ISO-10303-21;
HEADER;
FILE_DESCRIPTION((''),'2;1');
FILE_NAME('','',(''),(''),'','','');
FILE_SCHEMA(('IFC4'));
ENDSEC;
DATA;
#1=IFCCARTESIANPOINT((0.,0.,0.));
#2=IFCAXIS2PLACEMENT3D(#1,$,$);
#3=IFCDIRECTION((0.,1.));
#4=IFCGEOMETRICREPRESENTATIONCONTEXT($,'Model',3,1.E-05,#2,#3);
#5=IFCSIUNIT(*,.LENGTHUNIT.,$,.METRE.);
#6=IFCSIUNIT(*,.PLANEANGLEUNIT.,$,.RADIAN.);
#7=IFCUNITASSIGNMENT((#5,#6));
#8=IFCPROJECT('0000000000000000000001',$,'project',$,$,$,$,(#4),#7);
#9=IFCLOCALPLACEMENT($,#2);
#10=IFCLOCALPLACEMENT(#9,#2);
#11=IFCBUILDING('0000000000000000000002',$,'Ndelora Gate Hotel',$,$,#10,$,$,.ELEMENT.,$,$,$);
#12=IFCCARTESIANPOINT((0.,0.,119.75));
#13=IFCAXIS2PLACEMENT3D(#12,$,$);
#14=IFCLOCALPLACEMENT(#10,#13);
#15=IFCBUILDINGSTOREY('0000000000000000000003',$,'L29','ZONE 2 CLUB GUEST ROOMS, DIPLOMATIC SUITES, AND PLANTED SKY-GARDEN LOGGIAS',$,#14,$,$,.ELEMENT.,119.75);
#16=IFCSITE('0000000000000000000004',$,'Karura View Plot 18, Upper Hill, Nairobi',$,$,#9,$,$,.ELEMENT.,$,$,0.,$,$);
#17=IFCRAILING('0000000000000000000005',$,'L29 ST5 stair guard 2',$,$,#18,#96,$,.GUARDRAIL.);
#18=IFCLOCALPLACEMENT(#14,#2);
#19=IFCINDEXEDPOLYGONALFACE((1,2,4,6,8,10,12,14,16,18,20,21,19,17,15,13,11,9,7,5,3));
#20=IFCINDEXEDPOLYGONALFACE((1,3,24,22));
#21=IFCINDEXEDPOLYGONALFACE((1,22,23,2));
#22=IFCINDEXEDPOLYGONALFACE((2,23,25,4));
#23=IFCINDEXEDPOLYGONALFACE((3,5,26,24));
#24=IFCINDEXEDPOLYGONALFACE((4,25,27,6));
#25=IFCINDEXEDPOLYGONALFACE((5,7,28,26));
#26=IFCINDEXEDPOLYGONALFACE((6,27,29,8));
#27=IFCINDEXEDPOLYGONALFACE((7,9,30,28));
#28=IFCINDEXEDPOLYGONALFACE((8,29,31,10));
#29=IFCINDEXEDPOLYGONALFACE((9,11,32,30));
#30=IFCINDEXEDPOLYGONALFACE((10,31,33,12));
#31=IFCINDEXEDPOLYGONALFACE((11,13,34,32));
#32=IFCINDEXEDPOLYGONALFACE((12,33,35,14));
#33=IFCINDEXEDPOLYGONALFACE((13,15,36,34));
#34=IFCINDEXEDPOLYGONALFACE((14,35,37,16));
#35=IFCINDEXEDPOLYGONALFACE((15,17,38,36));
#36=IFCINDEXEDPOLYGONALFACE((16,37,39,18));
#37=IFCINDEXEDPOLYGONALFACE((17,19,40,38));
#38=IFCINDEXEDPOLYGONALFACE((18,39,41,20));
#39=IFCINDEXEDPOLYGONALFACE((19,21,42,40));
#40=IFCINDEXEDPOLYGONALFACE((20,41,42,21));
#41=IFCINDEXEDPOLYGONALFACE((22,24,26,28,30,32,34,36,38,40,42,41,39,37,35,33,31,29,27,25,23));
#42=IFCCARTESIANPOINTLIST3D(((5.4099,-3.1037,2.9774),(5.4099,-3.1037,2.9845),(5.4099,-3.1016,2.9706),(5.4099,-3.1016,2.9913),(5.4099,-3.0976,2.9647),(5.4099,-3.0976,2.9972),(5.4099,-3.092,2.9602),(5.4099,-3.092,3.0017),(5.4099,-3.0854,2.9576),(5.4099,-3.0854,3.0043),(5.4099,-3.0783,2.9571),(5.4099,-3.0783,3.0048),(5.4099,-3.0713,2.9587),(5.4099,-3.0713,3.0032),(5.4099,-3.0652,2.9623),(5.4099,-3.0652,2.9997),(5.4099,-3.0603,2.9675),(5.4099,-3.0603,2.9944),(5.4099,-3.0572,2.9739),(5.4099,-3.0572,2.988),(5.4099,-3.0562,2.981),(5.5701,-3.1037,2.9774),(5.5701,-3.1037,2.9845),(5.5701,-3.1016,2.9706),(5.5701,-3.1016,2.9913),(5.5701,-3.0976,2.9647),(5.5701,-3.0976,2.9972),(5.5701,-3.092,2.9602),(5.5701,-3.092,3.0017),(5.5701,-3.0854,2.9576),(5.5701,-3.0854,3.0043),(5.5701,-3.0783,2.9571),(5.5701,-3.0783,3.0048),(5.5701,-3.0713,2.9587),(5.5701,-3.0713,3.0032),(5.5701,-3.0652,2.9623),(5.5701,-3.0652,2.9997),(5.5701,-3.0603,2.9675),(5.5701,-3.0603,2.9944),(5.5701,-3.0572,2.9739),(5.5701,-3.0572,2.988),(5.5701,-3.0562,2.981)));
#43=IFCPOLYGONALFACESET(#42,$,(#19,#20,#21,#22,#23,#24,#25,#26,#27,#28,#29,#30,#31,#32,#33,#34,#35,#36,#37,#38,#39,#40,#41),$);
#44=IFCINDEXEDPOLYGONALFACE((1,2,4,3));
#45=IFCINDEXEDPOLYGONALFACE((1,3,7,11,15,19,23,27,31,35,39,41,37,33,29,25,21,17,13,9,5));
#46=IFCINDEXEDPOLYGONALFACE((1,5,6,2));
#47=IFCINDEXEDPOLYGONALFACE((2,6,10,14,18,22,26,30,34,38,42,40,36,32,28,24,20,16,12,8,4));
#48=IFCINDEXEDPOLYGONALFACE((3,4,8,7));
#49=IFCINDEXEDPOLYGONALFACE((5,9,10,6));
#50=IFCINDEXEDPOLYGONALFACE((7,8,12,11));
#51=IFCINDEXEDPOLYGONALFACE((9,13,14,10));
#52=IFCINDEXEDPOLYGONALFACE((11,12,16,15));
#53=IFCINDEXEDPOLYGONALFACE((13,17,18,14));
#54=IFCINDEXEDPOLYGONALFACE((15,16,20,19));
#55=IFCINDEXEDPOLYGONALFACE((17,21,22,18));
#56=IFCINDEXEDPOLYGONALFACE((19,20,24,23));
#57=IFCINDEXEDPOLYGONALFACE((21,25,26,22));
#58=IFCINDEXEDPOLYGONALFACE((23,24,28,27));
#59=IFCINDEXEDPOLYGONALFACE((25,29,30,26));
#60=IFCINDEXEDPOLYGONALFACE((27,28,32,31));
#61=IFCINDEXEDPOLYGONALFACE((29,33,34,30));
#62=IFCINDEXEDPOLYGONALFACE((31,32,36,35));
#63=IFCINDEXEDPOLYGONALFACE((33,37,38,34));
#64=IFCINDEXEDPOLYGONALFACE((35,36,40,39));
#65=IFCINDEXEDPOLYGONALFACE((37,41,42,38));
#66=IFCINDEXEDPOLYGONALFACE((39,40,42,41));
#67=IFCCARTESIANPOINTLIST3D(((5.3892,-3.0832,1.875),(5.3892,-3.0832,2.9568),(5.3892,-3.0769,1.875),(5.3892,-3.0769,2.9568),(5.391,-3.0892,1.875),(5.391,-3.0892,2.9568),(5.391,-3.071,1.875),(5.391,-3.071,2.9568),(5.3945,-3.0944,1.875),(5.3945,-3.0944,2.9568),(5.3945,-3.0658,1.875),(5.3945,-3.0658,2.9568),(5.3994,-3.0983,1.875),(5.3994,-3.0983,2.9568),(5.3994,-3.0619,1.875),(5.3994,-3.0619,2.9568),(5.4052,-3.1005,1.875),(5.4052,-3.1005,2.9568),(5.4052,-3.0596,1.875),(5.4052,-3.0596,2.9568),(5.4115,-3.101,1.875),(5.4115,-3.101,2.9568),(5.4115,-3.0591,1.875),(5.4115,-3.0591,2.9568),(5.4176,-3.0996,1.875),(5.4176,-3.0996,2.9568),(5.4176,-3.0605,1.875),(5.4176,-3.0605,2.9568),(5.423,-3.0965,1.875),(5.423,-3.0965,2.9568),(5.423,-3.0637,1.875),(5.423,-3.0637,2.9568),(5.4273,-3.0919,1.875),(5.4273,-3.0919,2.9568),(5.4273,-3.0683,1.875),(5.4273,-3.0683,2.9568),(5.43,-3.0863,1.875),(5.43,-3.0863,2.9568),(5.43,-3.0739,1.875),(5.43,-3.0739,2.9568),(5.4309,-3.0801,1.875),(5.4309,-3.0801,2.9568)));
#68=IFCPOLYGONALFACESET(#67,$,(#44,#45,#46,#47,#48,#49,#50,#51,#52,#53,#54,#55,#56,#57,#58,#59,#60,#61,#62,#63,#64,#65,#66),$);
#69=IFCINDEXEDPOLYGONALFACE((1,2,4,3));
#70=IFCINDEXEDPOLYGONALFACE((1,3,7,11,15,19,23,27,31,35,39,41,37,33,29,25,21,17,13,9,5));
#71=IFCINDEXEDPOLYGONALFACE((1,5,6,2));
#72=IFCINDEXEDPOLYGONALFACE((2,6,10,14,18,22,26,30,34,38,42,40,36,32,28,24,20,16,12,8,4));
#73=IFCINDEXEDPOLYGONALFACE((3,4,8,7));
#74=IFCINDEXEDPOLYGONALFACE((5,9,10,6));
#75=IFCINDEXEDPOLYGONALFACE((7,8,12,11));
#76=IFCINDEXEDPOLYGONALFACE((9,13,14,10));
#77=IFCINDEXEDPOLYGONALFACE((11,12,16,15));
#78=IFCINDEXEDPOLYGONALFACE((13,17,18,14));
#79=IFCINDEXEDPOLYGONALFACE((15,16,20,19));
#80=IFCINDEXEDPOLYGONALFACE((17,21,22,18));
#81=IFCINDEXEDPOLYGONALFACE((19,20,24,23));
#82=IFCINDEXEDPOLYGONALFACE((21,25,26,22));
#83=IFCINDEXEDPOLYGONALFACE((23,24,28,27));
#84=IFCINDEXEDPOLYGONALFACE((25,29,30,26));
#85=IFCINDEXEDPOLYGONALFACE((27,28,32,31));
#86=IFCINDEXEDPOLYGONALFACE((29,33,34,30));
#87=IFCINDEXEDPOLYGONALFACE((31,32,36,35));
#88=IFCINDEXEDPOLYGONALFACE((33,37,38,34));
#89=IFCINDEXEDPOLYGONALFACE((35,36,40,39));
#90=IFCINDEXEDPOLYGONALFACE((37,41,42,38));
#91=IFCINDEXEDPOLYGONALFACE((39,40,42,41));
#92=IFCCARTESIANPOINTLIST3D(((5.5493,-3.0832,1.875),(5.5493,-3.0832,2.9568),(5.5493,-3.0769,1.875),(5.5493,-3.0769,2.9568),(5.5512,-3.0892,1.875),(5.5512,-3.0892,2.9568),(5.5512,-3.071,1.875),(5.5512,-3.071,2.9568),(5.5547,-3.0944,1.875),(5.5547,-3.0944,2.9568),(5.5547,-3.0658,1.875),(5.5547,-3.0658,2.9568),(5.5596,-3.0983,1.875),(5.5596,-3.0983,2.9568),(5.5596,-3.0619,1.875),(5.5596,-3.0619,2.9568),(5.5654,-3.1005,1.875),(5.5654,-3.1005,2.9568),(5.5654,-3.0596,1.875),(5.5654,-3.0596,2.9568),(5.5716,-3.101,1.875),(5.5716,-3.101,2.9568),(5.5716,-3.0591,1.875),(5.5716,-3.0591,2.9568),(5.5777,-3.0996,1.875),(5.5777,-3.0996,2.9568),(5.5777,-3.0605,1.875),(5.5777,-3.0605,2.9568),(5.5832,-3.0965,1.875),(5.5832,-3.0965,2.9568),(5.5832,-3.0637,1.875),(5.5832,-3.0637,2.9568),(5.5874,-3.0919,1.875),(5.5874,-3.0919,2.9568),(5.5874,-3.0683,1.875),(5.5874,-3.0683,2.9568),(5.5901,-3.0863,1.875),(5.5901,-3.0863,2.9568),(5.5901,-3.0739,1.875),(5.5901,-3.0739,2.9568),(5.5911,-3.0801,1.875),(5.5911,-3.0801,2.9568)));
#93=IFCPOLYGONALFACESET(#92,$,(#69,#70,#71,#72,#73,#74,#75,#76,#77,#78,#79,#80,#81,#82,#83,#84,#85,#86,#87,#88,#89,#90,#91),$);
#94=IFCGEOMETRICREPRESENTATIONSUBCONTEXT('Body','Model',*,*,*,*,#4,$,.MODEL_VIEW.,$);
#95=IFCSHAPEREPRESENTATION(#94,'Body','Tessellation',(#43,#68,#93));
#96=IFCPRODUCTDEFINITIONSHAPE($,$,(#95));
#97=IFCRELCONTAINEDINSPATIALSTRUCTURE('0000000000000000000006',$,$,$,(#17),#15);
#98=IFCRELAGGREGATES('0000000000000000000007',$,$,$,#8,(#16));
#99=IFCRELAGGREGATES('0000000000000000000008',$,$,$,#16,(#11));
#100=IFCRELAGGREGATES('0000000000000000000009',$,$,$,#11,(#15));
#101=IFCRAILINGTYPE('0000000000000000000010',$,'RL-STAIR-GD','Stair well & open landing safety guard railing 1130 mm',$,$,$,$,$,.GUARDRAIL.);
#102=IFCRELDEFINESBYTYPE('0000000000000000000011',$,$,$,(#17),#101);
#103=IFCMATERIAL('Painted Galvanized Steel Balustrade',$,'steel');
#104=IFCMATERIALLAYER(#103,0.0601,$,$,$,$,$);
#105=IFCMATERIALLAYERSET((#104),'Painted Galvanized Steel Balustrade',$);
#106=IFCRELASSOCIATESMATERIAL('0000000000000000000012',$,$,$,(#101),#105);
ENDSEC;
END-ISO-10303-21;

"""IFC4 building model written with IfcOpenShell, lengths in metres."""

from ifc_helpers import new_model, si_unit, direction, frame, origin, origin_2d, place, context, subcontext, project, spatial, circle, extrude, material, layer, layer_set, type_object, element, save


model = new_model("IFC4")

# Units and contexts
model_context = context("Model", 3, precision=1e-05, world=origin(), true_north=direction((0.0, 1.0)))
body_context = subcontext(model_context, "Body", "Model", "MODEL_VIEW")
ifc_project = project(units=[si_unit("LENGTHUNIT", "METRE"), si_unit("PLANEANGLEUNIT", "RADIAN")], contexts=[model_context])

# Site, building, storey
site_placement = place(None, origin())
site = spatial("IfcSite", under=ifc_project, at=site_placement, Name="Karura View Plot 18, Upper Hill, Nairobi", CompositionType="ELEMENT", RefElevation=0.0)
building_placement = place(site_placement, origin())
building = spatial("IfcBuilding", under=site, at=building_placement, Name="Ndelora Gate Hotel", CompositionType="ELEMENT")
storey_placement = place(building_placement, frame((0.0, 0.0, 119.75)))
storey = spatial("IfcBuildingStorey", under=building, at=storey_placement, Name="L29", Description="ZONE 2 CLUB GUEST ROOMS, DIPLOMATIC SUITES, AND PLANTED SKY-GARDEN LOGGIAS", CompositionType="ELEMENT", Elevation=119.75)

# Railing
ifc_material_1 = material(Name="Painted Galvanized Steel Balustrade", Category="steel")
ifc_layer_1 = layer(ifc_material_1, 0.0601)
ifc_layer_set_1 = layer_set([ifc_layer_1], Name="Painted Galvanized Steel Balustrade")
railing_type_1 = type_object("IfcRailingType", Name="RL-STAIR-GD", Description="Stair well & open landing safety guard railing 1130 mm", PredefinedType="GUARDRAIL", material=ifc_layer_set_1)
railing_1_placement = place(storey_placement, frame((5.4099, -3.0801, 1.875)))
element("IfcRailing", 1, at=railing_1_placement, inside=storey, type_object=railing_type_1, Name="L29 ST5 stair guard 2", PredefinedType="GUARDRAIL", context=body_context, shape_type="SweptSolid", body=[
    extrude(circle(Radius=0.0239, at=origin_2d()), frame((0.0, 0.0, 1.106), z_axis=(1.0, 0.0, 0.0), x_axis=(0.0, 1.0, 0.0)), (0.0, 0.0, 1.0), 0.1602),
    extrude(circle(Radius=0.021, at=origin_2d()), origin(), (0.0, 0.0, 1.0), 1.0818),
    extrude(circle(Radius=0.021, at=origin_2d()), frame((0.1602, 0.0, 0.0)), (0.0, 0.0, 1.0), 1.0818),
])

save(model, "model.ifc")
